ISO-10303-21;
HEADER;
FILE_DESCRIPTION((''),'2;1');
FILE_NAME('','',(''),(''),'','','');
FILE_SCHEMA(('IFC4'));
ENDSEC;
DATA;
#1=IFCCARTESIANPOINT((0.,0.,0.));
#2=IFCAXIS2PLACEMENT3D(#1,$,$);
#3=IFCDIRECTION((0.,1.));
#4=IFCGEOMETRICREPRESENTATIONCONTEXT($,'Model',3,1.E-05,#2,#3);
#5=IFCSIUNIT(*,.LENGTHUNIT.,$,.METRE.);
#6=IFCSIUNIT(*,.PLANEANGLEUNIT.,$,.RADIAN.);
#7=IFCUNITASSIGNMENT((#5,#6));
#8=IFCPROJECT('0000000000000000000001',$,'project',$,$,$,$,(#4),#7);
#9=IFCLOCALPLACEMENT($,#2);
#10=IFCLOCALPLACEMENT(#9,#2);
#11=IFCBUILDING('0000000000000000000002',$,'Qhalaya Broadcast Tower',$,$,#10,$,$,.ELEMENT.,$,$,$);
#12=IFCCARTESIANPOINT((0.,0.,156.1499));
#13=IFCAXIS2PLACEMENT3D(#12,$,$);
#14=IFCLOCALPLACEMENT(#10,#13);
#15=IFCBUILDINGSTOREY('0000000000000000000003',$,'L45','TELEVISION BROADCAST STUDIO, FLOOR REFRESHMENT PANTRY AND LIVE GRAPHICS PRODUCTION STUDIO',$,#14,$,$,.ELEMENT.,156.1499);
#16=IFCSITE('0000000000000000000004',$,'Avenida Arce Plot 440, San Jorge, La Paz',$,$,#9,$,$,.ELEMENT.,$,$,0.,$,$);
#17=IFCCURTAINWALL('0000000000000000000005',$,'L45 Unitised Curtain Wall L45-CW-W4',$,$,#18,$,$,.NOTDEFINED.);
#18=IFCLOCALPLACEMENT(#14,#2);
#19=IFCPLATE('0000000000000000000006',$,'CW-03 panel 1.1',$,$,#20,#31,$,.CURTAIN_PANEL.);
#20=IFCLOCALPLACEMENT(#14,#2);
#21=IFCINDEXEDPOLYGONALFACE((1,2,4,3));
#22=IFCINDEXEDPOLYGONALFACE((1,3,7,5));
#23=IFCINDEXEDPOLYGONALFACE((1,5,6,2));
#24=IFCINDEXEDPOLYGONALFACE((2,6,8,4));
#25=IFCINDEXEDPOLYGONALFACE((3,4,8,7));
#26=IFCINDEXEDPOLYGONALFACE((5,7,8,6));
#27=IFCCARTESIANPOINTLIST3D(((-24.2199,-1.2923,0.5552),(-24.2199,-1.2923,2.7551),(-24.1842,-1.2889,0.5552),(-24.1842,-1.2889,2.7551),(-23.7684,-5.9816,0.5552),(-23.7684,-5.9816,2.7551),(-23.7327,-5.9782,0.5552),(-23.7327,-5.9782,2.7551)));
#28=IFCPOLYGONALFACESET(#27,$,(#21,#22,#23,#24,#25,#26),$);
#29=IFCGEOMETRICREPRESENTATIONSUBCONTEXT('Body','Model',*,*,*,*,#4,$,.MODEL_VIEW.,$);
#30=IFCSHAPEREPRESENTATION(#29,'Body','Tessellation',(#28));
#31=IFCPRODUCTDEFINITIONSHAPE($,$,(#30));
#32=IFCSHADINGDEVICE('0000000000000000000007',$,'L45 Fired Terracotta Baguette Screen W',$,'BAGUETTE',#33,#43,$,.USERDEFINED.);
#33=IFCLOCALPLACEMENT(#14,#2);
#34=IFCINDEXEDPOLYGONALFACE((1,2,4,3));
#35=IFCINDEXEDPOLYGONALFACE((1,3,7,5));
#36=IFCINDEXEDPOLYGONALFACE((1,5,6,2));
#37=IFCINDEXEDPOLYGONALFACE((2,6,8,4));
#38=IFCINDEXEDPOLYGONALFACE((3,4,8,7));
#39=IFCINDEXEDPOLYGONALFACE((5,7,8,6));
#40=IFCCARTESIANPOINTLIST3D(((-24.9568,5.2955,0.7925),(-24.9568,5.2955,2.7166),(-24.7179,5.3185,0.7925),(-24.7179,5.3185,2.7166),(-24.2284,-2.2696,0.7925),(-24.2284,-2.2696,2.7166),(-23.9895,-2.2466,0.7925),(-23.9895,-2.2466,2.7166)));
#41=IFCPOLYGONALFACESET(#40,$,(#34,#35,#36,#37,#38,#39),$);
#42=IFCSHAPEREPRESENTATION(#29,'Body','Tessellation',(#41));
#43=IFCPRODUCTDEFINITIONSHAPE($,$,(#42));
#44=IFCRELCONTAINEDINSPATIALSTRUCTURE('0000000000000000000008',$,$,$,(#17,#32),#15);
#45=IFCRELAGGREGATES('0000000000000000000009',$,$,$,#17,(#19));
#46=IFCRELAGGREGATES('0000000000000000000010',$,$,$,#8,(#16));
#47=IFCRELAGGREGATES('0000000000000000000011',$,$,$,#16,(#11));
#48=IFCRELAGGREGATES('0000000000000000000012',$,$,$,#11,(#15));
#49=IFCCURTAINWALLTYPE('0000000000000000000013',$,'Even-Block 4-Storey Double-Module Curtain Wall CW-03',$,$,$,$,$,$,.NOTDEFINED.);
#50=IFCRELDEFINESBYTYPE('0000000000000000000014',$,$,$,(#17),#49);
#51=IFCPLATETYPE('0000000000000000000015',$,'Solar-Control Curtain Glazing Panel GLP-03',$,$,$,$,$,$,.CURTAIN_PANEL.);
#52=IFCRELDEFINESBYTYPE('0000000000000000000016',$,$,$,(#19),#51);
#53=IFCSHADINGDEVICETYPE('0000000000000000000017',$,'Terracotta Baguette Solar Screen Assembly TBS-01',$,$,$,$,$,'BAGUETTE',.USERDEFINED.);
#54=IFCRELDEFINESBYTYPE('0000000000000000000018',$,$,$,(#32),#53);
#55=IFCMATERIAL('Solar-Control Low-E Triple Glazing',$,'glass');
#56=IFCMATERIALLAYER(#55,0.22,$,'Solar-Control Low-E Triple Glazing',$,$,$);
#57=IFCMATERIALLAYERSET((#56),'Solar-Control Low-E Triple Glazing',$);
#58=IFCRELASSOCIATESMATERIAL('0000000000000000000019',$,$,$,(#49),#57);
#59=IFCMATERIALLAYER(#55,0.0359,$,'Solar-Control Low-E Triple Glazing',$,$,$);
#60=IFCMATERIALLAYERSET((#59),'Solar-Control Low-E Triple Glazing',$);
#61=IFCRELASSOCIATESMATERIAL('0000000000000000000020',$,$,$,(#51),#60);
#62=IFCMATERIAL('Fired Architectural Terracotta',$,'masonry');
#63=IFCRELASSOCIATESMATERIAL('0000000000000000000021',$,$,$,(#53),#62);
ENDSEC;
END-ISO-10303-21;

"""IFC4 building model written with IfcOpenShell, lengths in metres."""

from ifc_helpers import new_model, si_unit, direction, frame, origin, origin_2d, place, context, subcontext, project, spatial, rectangle, extrude, material, layer, layer_set, type_object, element, aggregate, save


model = new_model("IFC4")

# Units and contexts
model_context = context("Model", 3, precision=1e-05, world=origin(), true_north=direction((0.0, 1.0)))
body_context = subcontext(model_context, "Body", "Model", "MODEL_VIEW")
ifc_project = project(units=[si_unit("LENGTHUNIT", "METRE"), si_unit("PLANEANGLEUNIT", "RADIAN")], contexts=[model_context])

# Site, building, storey
site_placement = place(None, origin())
site = spatial("IfcSite", under=ifc_project, at=site_placement, Name="Avenida Arce Plot 440, San Jorge, La Paz", CompositionType="ELEMENT", RefElevation=0.0)
building_placement = place(site_placement, origin())
building = spatial("IfcBuilding", under=site, at=building_placement, Name="Qhalaya Broadcast Tower", CompositionType="ELEMENT")
storey_placement = place(building_placement, frame((0.0, 0.0, 156.1499)))
storey = spatial("IfcBuildingStorey", under=building, at=storey_placement, Name="L45", Description="TELEVISION BROADCAST STUDIO, FLOOR REFRESHMENT PANTRY AND LIVE GRAPHICS PRODUCTION STUDIO", CompositionType="ELEMENT", Elevation=156.1499)

# Shared definitions
ifc_material_1 = material(Name="Fired Architectural Terracotta", Category="masonry")

# Curtain wall
ifc_material_2 = material(Name="Solar-Control Low-E Triple Glazing", Category="glass")
ifc_layer_1 = layer(ifc_material_2, 0.22, Name="Solar-Control Low-E Triple Glazing")
ifc_layer_set_1 = layer_set([ifc_layer_1], Name="Solar-Control Low-E Triple Glazing")
curtain_wall_type_1 = type_object("IfcCurtainWallType", Name="Even-Block 4-Storey Double-Module Curtain Wall CW-03", PredefinedType="NOTDEFINED", material=ifc_layer_set_1)
curtain_wall_1_placement = place(storey_placement, origin())
curtain_wall_1 = element("IfcCurtainWall", 1, at=curtain_wall_1_placement, inside=storey, type_object=curtain_wall_type_1, Name="L45 Unitised Curtain Wall L45-CW-W4", PredefinedType="NOTDEFINED")

# Plate
ifc_layer_2 = layer(ifc_material_2, 0.0359, Name="Solar-Control Low-E Triple Glazing")
ifc_layer_set_2 = layer_set([ifc_layer_2], Name="Solar-Control Low-E Triple Glazing")
plate_type_1 = type_object("IfcPlateType", Name="Solar-Control Curtain Glazing Panel GLP-03", PredefinedType="CURTAIN_PANEL", material=ifc_layer_set_2)
plate_1_placement = place(storey_placement, frame((-23.9763, -3.6353, 0.5552), z_axis=(0.0, 0.0, 1.0), x_axis=(0.095845, -0.995396, 0.0)))
plate_1 = element("IfcPlate", 2, at=plate_1_placement, type_object=plate_type_1, Name="CW-03 panel 1.1", PredefinedType="CURTAIN_PANEL", context=body_context, shape_type="SweptSolid", body=[
    extrude(rectangle(XDim=4.7109, YDim=0.0359, at=origin_2d()), origin(), (0.0, 0.0, 1.0), 2.2),
])
aggregate(curtain_wall_1, [plate_1])

# Shading device
shading_device_type = type_object("IfcShadingDeviceType", Name="Terracotta Baguette Solar Screen Assembly TBS-01", ElementType="BAGUETTE", PredefinedType="USERDEFINED", material=ifc_material_1)
shading_device_placement = place(storey_placement, frame((-24.4731, 1.5244, 0.7925), z_axis=(0.0, 0.0, 1.0), x_axis=(0.095846, -0.995396, 0.0)))
element("IfcShadingDevice", 3, at=shading_device_placement, inside=storey, type_object=shading_device_type, Name="L45 Fired Terracotta Baguette Screen W", ObjectType="BAGUETTE", PredefinedType="USERDEFINED", context=body_context, shape_type="SweptSolid", body=[
    extrude(rectangle(XDim=7.6001, YDim=0.24, at=origin_2d()), origin(), (0.0, 0.0, 1.0), 1.9241),
])

save(model, "model.ifc")
